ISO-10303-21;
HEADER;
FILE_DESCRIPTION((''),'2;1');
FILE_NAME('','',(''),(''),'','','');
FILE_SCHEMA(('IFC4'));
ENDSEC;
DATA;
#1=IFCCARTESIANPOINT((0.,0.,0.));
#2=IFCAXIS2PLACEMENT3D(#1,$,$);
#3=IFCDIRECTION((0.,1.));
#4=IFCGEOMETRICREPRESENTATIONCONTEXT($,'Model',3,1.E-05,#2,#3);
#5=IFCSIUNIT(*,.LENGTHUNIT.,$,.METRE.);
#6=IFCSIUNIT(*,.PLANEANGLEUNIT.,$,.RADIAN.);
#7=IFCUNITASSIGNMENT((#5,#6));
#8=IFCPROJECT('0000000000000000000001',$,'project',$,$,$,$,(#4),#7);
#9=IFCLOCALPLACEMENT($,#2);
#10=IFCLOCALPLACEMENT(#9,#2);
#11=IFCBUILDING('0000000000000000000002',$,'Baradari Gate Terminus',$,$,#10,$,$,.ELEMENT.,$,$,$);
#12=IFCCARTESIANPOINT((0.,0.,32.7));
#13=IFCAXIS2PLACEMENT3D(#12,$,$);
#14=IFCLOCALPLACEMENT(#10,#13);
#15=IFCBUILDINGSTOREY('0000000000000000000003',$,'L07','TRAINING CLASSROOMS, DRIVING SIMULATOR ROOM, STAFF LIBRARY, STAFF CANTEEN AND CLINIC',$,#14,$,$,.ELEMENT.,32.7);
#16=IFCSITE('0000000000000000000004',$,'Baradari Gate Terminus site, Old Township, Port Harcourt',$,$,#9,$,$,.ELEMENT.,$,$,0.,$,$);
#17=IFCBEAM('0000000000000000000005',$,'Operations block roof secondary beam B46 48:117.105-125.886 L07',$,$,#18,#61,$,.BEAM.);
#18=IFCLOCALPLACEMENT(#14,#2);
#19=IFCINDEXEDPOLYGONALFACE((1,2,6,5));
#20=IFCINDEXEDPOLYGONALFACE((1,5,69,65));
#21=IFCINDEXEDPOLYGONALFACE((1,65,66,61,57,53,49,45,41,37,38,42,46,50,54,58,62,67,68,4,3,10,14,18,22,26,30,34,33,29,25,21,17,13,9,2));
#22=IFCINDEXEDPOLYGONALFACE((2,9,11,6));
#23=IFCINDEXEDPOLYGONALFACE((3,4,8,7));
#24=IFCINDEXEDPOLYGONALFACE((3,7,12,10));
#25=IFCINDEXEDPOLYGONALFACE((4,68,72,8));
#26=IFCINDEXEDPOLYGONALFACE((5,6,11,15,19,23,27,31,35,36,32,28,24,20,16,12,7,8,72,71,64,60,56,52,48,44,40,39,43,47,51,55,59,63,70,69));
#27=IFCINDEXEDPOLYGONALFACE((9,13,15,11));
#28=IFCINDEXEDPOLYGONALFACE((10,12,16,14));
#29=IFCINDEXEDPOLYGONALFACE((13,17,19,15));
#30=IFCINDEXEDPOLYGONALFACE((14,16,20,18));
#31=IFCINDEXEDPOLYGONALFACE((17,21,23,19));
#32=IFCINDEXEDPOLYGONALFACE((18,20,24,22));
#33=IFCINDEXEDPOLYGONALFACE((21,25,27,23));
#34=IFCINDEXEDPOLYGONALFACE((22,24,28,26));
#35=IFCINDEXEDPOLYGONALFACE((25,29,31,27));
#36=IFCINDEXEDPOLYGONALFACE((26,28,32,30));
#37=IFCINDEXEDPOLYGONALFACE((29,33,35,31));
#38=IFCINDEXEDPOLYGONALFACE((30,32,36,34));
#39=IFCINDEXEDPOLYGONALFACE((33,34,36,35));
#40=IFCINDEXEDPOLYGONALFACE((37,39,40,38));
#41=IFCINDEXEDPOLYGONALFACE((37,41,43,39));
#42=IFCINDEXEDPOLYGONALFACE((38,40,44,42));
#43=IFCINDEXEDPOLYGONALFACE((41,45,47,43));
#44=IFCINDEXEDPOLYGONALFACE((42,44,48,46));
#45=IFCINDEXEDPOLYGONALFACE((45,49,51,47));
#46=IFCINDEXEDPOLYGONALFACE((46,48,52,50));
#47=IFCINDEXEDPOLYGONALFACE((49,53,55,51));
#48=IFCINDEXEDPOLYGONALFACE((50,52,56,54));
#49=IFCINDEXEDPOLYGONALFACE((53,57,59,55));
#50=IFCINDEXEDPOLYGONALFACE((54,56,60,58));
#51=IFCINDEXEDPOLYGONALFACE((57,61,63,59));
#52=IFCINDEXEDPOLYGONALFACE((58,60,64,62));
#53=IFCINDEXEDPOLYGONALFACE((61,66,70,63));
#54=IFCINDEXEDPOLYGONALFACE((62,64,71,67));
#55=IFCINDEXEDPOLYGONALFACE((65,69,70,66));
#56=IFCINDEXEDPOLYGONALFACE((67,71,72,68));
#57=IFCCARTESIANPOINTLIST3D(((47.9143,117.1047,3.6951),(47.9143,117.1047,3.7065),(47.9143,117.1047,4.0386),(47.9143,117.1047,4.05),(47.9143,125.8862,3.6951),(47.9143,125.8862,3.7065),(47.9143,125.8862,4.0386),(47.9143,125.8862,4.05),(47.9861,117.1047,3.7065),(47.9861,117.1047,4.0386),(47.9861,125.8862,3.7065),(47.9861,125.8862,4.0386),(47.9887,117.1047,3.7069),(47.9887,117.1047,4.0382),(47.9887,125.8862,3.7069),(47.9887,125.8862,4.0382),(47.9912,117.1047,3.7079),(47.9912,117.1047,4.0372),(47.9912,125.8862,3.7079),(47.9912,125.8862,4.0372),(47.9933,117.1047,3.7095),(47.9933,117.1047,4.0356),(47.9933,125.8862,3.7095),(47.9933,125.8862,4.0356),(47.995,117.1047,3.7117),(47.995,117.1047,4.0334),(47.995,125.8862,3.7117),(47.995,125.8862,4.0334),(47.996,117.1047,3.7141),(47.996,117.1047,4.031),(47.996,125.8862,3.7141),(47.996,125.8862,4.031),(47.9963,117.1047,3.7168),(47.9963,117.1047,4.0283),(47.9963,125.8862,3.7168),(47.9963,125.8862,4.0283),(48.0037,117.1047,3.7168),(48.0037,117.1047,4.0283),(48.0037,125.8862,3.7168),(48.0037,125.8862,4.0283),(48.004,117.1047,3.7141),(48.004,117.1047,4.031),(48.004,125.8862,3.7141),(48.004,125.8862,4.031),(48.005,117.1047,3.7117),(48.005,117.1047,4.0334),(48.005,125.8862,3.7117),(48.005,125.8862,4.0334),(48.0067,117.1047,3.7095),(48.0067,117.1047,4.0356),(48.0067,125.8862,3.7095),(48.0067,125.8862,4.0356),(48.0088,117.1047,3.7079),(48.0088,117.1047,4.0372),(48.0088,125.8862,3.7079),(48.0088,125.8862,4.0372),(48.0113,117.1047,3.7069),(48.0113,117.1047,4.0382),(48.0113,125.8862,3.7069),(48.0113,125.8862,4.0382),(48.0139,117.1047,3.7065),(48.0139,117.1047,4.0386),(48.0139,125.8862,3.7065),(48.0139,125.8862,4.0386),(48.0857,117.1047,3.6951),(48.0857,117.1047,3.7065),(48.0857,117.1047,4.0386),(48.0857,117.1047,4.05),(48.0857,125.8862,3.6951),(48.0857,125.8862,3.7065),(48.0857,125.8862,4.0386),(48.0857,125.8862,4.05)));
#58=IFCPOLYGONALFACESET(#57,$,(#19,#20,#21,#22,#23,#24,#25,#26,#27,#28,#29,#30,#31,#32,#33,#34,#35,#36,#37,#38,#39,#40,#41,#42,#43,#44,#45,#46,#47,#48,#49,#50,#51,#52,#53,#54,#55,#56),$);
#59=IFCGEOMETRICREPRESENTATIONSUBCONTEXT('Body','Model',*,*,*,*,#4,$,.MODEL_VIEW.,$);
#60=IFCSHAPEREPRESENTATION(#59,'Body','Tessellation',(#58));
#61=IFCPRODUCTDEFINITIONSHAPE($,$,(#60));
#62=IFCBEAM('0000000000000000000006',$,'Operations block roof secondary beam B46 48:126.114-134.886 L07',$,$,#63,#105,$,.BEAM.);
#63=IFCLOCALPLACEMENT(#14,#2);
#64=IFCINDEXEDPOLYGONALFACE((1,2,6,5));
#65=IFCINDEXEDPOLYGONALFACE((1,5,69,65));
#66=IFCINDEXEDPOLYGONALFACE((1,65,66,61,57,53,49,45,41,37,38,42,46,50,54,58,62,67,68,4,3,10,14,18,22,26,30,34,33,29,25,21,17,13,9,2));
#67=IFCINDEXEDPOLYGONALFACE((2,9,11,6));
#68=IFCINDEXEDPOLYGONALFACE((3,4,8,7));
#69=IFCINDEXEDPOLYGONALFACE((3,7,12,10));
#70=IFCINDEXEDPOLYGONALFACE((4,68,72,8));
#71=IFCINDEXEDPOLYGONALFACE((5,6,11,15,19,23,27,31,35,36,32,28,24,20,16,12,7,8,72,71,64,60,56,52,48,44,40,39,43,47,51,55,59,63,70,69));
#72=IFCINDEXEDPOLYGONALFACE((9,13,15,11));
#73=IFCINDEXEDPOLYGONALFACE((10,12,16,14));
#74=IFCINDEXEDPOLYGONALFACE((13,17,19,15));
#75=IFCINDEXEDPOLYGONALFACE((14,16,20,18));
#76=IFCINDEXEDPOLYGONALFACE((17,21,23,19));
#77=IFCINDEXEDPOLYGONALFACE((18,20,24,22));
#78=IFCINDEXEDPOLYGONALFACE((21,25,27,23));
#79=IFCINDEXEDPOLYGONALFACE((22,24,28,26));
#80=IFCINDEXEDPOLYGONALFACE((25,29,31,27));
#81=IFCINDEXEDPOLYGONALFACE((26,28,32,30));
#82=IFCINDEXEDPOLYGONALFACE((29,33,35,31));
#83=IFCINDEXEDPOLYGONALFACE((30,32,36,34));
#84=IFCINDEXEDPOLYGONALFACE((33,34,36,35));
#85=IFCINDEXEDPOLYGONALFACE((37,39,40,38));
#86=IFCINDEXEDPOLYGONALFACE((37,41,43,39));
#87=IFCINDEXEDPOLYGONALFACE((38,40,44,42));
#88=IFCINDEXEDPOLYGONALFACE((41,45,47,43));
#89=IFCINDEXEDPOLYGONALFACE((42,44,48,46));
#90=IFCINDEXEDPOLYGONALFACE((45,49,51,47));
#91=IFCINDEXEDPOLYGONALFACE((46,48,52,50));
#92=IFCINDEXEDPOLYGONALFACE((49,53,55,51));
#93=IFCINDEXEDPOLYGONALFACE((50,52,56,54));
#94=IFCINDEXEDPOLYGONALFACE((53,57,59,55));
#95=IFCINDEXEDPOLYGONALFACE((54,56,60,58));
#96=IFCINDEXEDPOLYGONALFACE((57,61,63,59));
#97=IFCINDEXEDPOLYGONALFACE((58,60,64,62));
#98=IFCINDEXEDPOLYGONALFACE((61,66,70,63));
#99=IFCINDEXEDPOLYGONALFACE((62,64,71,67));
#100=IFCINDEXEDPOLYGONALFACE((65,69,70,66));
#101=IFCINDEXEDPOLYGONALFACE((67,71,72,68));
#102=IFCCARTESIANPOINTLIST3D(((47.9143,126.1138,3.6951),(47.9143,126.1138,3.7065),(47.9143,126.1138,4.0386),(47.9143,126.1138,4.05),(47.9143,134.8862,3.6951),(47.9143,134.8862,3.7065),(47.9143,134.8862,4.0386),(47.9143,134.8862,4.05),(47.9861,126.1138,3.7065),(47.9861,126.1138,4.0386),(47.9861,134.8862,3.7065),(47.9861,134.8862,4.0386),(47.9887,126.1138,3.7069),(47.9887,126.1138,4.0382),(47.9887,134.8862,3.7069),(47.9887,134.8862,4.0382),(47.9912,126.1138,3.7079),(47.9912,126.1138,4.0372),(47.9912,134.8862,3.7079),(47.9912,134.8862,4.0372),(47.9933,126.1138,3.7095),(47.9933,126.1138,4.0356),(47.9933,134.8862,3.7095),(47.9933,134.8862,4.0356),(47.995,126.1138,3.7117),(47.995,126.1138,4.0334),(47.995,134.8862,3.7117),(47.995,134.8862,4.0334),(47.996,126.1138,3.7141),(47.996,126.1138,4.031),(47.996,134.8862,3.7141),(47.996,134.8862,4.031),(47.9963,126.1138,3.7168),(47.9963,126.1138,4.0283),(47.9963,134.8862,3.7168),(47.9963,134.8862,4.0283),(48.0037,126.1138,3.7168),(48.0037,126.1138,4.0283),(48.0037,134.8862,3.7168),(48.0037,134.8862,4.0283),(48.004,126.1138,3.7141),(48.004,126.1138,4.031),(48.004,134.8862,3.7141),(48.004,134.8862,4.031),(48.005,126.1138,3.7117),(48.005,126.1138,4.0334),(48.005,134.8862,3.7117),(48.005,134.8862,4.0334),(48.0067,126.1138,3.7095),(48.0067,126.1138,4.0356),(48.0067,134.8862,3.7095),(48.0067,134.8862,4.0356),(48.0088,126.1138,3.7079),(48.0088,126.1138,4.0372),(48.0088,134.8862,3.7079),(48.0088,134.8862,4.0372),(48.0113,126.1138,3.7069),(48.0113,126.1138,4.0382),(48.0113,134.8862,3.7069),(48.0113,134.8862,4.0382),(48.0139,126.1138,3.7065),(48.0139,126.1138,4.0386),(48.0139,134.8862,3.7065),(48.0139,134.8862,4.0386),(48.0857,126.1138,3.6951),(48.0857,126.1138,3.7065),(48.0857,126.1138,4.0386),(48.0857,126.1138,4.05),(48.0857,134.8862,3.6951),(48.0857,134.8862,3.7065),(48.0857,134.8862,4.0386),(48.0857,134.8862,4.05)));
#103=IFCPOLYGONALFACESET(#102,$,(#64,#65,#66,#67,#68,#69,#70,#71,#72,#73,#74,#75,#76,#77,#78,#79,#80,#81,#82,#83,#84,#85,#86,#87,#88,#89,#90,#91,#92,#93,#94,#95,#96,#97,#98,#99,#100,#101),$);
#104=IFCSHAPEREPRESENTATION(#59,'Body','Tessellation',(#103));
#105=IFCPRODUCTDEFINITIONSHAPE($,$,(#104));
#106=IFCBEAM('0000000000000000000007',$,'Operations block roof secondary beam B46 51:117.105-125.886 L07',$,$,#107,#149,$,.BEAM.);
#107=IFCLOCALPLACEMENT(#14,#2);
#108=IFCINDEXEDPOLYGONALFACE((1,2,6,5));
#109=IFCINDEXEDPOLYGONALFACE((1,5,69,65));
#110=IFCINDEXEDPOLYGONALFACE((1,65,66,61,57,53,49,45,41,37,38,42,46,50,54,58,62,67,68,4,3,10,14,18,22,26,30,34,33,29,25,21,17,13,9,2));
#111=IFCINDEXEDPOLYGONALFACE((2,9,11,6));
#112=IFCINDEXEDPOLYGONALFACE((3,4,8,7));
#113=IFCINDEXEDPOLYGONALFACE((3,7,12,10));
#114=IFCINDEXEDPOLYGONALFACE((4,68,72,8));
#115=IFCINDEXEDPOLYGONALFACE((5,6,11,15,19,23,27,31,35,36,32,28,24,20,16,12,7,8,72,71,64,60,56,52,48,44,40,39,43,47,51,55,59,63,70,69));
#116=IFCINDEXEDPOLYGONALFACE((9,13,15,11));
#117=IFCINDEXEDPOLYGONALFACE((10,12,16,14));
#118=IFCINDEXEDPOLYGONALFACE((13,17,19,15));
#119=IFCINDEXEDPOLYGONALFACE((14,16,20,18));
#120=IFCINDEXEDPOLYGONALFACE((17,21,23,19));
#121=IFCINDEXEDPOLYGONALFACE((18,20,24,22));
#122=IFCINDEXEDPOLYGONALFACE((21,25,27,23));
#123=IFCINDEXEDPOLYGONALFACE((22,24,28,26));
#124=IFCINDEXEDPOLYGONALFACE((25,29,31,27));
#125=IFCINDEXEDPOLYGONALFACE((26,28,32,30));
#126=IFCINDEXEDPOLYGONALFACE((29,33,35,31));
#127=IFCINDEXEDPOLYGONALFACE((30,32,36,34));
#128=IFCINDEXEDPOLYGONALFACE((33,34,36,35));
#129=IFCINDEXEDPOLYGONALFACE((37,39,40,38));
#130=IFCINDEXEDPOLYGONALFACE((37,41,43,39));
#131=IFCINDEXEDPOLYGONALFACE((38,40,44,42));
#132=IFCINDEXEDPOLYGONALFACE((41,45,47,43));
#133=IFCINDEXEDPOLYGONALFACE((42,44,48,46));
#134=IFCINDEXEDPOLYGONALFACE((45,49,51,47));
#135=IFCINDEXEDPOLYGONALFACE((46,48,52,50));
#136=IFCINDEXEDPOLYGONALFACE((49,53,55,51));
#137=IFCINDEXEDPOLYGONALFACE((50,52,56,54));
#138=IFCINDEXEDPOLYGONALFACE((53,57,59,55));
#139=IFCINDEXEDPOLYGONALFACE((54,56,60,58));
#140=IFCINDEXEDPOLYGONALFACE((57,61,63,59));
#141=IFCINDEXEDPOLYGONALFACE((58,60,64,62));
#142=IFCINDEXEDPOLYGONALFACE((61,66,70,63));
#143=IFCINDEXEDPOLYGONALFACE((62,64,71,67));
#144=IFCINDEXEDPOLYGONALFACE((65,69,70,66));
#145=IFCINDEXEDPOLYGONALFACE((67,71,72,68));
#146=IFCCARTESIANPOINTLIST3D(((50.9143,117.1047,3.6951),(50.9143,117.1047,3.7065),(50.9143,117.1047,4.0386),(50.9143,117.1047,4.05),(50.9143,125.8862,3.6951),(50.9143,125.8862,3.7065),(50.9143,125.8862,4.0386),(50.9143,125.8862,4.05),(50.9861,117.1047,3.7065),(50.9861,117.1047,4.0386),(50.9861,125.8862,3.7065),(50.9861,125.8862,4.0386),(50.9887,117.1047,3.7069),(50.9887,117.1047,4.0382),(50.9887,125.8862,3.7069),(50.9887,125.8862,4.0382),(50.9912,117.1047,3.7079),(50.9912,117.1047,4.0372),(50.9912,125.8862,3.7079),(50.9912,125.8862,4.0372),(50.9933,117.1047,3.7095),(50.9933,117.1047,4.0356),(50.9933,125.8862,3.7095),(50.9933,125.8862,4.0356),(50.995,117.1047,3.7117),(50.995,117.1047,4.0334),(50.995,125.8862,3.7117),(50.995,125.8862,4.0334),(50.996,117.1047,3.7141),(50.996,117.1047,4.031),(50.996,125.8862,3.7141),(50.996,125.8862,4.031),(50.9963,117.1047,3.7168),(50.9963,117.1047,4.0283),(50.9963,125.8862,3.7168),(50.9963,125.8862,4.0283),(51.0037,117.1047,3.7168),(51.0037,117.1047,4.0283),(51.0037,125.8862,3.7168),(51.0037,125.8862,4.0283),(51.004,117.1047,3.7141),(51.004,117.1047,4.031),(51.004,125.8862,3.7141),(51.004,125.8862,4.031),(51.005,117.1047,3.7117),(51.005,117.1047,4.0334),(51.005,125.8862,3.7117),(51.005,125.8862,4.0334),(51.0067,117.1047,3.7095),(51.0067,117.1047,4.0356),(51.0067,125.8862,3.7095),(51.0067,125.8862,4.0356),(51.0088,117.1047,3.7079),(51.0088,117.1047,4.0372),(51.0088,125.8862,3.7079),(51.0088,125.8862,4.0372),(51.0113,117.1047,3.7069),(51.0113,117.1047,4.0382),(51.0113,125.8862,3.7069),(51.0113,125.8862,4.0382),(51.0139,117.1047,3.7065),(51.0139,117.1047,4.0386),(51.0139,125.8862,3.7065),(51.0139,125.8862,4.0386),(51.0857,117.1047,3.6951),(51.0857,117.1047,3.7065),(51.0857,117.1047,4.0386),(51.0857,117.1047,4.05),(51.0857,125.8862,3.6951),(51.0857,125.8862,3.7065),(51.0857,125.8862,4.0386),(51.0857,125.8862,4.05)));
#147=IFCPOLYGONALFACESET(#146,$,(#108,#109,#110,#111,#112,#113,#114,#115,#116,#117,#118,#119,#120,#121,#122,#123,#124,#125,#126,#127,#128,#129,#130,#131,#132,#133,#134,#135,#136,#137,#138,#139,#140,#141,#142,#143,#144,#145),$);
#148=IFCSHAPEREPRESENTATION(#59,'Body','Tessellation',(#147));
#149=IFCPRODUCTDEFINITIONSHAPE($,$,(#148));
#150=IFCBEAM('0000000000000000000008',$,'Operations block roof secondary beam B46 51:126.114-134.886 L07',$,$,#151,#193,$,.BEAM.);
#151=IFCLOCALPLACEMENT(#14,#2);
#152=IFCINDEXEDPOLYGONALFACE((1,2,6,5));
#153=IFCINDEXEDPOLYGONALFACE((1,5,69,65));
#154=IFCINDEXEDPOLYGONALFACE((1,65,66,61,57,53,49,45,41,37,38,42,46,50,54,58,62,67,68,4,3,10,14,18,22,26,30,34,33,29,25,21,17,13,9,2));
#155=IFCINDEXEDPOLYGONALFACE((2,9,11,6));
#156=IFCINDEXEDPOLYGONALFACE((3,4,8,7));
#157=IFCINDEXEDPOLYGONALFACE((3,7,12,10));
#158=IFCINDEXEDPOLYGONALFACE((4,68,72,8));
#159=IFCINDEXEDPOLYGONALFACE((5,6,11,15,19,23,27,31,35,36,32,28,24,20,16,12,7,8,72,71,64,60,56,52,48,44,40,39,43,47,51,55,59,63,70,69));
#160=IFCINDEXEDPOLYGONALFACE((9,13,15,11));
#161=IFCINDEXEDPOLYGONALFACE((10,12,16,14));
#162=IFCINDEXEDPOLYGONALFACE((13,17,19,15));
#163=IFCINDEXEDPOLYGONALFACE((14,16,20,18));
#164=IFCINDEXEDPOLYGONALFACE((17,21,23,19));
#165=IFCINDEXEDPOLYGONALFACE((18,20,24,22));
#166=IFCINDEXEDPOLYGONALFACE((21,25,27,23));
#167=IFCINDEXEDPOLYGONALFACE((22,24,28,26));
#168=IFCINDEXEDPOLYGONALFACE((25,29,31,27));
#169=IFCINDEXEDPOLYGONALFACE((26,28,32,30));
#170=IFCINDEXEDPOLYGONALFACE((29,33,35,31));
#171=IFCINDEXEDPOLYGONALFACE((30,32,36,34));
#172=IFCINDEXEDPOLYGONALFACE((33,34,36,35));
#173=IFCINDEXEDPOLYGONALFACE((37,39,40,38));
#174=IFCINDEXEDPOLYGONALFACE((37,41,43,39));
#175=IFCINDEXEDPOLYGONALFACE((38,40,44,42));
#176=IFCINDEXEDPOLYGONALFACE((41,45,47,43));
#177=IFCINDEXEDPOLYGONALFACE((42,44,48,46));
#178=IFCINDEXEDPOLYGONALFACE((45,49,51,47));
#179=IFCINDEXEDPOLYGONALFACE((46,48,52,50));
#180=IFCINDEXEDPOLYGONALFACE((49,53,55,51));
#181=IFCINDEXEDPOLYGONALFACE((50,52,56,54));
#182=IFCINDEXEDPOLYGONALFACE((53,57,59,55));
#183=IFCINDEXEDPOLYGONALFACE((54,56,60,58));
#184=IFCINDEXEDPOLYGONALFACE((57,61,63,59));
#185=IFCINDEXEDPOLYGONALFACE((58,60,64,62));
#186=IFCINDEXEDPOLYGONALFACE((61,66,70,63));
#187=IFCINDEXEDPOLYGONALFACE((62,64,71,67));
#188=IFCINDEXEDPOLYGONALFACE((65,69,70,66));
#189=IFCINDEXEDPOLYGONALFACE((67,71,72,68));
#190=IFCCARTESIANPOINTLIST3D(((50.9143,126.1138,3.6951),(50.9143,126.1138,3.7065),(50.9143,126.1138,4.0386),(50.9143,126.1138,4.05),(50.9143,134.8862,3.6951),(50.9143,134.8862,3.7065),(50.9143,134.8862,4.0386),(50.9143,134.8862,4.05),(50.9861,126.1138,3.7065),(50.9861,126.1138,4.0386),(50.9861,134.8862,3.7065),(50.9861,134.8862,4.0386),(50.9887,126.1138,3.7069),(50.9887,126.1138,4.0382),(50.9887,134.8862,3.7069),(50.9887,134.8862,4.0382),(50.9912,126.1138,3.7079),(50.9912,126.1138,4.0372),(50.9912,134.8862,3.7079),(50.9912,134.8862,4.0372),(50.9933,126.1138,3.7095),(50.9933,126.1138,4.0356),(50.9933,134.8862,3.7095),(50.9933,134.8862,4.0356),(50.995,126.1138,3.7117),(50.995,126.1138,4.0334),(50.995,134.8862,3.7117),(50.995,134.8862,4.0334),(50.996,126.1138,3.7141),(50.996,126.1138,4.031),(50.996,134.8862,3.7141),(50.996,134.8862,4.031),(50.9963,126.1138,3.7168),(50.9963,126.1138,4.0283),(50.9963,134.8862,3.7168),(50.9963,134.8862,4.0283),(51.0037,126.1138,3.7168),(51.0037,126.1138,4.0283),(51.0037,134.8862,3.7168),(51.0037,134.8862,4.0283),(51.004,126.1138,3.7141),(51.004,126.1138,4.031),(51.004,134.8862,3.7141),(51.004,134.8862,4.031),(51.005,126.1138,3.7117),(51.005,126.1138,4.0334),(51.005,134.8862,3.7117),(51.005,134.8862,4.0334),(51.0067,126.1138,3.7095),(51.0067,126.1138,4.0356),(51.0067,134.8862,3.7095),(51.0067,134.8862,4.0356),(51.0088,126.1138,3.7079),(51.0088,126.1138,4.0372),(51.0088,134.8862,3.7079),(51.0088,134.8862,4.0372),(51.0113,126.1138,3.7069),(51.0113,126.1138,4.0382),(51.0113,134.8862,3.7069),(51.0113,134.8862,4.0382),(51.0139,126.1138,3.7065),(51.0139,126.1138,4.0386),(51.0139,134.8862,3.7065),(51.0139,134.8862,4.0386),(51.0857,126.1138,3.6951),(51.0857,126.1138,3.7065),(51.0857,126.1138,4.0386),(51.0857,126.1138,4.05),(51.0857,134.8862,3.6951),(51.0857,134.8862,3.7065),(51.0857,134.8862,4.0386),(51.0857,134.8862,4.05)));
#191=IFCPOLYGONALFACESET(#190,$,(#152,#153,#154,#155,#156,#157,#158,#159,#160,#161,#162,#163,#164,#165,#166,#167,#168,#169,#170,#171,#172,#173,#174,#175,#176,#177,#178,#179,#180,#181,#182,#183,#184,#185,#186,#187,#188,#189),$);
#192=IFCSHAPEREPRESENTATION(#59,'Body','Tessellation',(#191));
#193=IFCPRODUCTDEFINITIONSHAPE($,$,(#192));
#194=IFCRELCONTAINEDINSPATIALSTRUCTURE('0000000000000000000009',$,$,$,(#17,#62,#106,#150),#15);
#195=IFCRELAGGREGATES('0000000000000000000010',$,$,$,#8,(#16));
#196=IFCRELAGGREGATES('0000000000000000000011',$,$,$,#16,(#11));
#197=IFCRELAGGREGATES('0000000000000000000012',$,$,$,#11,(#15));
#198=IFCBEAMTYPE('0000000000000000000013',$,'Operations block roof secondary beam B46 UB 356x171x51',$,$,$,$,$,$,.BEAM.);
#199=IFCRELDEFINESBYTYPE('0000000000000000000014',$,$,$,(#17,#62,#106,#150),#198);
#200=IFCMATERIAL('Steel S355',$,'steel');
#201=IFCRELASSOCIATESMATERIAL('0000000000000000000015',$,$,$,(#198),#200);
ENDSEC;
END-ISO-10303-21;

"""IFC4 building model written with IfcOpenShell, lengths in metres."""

from ifc_helpers import new_model, si_unit, direction, frame, origin, origin_2d, place, context, subcontext, project, spatial, i_section, extrude, material, material_profile, profile_set, type_object, element, save


model = new_model("IFC4")

# Units and contexts
model_context = context("Model", 3, precision=1e-05, world=origin(), true_north=direction((0.0, 1.0)))
body_context = subcontext(model_context, "Body", "Model", "MODEL_VIEW")
ifc_project = project(units=[si_unit("LENGTHUNIT", "METRE"), si_unit("PLANEANGLEUNIT", "RADIAN")], contexts=[model_context])

# Site, building, storey
site_placement = place(None, origin())
site = spatial("IfcSite", under=ifc_project, at=site_placement, Name="Baradari Gate Terminus site, Old Township, Port Harcourt", CompositionType="ELEMENT", RefElevation=0.0)
building_placement = place(site_placement, origin())
building = spatial("IfcBuilding", under=site, at=building_placement, Name="Baradari Gate Terminus", CompositionType="ELEMENT")
storey_placement = place(building_placement, frame((0.0, 0.0, 32.7)))
storey = spatial("IfcBuildingStorey", under=building, at=storey_placement, Name="L07", Description="TRAINING CLASSROOMS, DRIVING SIMULATOR ROOM, STAFF LIBRARY, STAFF CANTEEN AND CLINIC", CompositionType="ELEMENT", Elevation=32.7)

# Beams
ifc_material_1 = material(Name="Steel S355", Category="steel")
ifc_material_profile_1 = material_profile(ifc_material_1, i_section(OverallWidth=0.1714, OverallDepth=0.355, WebThickness=0.0073, FlangeThickness=0.0115, FilletRadius=0.0103, at=origin_2d()), Name="UB 356x171x51")
ifc_profile_set_1 = profile_set([ifc_material_profile_1], Name="Steel S355")
beam_type_1 = type_object("IfcBeamType", Name="Operations block roof secondary beam B46 UB 356x171x51", PredefinedType="BEAM", material=ifc_profile_set_1)
beam_1_placement = place(storey_placement, frame((48.0, 117.1047, 3.8726), z_axis=(0.0, 1.0, 0.0), x_axis=(-1.0, 0.0, 0.0)))
element("IfcBeam", 1, at=beam_1_placement, inside=storey, type_object=beam_type_1, Name="Operations block roof secondary beam B46 48:117.105-125.886 L07", PredefinedType="BEAM", context=body_context, shape_type="SweptSolid", body=[
    extrude(i_section(OverallWidth=0.1714, OverallDepth=0.355, WebThickness=0.0073, FlangeThickness=0.0115, FilletRadius=0.0103, at=origin_2d()), origin(), (0.0, 0.0, 1.0), 8.7815),
])
beam_2_placement = place(storey_placement, frame((48.0, 126.1138, 3.8726), z_axis=(0.0, 1.0, 0.0), x_axis=(-1.0, 0.0, 0.0)))
element("IfcBeam", 2, at=beam_2_placement, inside=storey, type_object=beam_type_1, Name="Operations block roof secondary beam B46 48:126.114-134.886 L07", PredefinedType="BEAM", context=body_context, shape_type="SweptSolid", body=[
    extrude(i_section(OverallWidth=0.1714, OverallDepth=0.355, WebThickness=0.0073, FlangeThickness=0.0115, FilletRadius=0.0103, at=origin_2d()), origin(), (0.0, 0.0, 1.0), 8.7725),
])
beam_3_placement = place(storey_placement, frame((51.0, 117.1047, 3.8726), z_axis=(0.0, 1.0, 0.0), x_axis=(-1.0, 0.0, 0.0)))
element("IfcBeam", 3, at=beam_3_placement, inside=storey, type_object=beam_type_1, Name="Operations block roof secondary beam B46 51:117.105-125.886 L07", PredefinedType="BEAM", context=body_context, shape_type="SweptSolid", body=[
    extrude(i_section(OverallWidth=0.1714, OverallDepth=0.355, WebThickness=0.0073, FlangeThickness=0.0115, FilletRadius=0.0103, at=origin_2d()), origin(), (0.0, 0.0, 1.0), 8.7815),
])
beam_4_placement = place(storey_placement, frame((51.0, 126.1138, 3.8726), z_axis=(0.0, 1.0, 0.0), x_axis=(-1.0, 0.0, 0.0)))
element("IfcBeam", 4, at=beam_4_placement, inside=storey, type_object=beam_type_1, Name="Operations block roof secondary beam B46 51:126.114-134.886 L07", PredefinedType="BEAM", context=body_context, shape_type="SweptSolid", body=[
    extrude(i_section(OverallWidth=0.1714, OverallDepth=0.355, WebThickness=0.0073, FlangeThickness=0.0115, FilletRadius=0.0103, at=origin_2d()), origin(), (0.0, 0.0, 1.0), 8.7725),
])

save(model, "model.ifc")
